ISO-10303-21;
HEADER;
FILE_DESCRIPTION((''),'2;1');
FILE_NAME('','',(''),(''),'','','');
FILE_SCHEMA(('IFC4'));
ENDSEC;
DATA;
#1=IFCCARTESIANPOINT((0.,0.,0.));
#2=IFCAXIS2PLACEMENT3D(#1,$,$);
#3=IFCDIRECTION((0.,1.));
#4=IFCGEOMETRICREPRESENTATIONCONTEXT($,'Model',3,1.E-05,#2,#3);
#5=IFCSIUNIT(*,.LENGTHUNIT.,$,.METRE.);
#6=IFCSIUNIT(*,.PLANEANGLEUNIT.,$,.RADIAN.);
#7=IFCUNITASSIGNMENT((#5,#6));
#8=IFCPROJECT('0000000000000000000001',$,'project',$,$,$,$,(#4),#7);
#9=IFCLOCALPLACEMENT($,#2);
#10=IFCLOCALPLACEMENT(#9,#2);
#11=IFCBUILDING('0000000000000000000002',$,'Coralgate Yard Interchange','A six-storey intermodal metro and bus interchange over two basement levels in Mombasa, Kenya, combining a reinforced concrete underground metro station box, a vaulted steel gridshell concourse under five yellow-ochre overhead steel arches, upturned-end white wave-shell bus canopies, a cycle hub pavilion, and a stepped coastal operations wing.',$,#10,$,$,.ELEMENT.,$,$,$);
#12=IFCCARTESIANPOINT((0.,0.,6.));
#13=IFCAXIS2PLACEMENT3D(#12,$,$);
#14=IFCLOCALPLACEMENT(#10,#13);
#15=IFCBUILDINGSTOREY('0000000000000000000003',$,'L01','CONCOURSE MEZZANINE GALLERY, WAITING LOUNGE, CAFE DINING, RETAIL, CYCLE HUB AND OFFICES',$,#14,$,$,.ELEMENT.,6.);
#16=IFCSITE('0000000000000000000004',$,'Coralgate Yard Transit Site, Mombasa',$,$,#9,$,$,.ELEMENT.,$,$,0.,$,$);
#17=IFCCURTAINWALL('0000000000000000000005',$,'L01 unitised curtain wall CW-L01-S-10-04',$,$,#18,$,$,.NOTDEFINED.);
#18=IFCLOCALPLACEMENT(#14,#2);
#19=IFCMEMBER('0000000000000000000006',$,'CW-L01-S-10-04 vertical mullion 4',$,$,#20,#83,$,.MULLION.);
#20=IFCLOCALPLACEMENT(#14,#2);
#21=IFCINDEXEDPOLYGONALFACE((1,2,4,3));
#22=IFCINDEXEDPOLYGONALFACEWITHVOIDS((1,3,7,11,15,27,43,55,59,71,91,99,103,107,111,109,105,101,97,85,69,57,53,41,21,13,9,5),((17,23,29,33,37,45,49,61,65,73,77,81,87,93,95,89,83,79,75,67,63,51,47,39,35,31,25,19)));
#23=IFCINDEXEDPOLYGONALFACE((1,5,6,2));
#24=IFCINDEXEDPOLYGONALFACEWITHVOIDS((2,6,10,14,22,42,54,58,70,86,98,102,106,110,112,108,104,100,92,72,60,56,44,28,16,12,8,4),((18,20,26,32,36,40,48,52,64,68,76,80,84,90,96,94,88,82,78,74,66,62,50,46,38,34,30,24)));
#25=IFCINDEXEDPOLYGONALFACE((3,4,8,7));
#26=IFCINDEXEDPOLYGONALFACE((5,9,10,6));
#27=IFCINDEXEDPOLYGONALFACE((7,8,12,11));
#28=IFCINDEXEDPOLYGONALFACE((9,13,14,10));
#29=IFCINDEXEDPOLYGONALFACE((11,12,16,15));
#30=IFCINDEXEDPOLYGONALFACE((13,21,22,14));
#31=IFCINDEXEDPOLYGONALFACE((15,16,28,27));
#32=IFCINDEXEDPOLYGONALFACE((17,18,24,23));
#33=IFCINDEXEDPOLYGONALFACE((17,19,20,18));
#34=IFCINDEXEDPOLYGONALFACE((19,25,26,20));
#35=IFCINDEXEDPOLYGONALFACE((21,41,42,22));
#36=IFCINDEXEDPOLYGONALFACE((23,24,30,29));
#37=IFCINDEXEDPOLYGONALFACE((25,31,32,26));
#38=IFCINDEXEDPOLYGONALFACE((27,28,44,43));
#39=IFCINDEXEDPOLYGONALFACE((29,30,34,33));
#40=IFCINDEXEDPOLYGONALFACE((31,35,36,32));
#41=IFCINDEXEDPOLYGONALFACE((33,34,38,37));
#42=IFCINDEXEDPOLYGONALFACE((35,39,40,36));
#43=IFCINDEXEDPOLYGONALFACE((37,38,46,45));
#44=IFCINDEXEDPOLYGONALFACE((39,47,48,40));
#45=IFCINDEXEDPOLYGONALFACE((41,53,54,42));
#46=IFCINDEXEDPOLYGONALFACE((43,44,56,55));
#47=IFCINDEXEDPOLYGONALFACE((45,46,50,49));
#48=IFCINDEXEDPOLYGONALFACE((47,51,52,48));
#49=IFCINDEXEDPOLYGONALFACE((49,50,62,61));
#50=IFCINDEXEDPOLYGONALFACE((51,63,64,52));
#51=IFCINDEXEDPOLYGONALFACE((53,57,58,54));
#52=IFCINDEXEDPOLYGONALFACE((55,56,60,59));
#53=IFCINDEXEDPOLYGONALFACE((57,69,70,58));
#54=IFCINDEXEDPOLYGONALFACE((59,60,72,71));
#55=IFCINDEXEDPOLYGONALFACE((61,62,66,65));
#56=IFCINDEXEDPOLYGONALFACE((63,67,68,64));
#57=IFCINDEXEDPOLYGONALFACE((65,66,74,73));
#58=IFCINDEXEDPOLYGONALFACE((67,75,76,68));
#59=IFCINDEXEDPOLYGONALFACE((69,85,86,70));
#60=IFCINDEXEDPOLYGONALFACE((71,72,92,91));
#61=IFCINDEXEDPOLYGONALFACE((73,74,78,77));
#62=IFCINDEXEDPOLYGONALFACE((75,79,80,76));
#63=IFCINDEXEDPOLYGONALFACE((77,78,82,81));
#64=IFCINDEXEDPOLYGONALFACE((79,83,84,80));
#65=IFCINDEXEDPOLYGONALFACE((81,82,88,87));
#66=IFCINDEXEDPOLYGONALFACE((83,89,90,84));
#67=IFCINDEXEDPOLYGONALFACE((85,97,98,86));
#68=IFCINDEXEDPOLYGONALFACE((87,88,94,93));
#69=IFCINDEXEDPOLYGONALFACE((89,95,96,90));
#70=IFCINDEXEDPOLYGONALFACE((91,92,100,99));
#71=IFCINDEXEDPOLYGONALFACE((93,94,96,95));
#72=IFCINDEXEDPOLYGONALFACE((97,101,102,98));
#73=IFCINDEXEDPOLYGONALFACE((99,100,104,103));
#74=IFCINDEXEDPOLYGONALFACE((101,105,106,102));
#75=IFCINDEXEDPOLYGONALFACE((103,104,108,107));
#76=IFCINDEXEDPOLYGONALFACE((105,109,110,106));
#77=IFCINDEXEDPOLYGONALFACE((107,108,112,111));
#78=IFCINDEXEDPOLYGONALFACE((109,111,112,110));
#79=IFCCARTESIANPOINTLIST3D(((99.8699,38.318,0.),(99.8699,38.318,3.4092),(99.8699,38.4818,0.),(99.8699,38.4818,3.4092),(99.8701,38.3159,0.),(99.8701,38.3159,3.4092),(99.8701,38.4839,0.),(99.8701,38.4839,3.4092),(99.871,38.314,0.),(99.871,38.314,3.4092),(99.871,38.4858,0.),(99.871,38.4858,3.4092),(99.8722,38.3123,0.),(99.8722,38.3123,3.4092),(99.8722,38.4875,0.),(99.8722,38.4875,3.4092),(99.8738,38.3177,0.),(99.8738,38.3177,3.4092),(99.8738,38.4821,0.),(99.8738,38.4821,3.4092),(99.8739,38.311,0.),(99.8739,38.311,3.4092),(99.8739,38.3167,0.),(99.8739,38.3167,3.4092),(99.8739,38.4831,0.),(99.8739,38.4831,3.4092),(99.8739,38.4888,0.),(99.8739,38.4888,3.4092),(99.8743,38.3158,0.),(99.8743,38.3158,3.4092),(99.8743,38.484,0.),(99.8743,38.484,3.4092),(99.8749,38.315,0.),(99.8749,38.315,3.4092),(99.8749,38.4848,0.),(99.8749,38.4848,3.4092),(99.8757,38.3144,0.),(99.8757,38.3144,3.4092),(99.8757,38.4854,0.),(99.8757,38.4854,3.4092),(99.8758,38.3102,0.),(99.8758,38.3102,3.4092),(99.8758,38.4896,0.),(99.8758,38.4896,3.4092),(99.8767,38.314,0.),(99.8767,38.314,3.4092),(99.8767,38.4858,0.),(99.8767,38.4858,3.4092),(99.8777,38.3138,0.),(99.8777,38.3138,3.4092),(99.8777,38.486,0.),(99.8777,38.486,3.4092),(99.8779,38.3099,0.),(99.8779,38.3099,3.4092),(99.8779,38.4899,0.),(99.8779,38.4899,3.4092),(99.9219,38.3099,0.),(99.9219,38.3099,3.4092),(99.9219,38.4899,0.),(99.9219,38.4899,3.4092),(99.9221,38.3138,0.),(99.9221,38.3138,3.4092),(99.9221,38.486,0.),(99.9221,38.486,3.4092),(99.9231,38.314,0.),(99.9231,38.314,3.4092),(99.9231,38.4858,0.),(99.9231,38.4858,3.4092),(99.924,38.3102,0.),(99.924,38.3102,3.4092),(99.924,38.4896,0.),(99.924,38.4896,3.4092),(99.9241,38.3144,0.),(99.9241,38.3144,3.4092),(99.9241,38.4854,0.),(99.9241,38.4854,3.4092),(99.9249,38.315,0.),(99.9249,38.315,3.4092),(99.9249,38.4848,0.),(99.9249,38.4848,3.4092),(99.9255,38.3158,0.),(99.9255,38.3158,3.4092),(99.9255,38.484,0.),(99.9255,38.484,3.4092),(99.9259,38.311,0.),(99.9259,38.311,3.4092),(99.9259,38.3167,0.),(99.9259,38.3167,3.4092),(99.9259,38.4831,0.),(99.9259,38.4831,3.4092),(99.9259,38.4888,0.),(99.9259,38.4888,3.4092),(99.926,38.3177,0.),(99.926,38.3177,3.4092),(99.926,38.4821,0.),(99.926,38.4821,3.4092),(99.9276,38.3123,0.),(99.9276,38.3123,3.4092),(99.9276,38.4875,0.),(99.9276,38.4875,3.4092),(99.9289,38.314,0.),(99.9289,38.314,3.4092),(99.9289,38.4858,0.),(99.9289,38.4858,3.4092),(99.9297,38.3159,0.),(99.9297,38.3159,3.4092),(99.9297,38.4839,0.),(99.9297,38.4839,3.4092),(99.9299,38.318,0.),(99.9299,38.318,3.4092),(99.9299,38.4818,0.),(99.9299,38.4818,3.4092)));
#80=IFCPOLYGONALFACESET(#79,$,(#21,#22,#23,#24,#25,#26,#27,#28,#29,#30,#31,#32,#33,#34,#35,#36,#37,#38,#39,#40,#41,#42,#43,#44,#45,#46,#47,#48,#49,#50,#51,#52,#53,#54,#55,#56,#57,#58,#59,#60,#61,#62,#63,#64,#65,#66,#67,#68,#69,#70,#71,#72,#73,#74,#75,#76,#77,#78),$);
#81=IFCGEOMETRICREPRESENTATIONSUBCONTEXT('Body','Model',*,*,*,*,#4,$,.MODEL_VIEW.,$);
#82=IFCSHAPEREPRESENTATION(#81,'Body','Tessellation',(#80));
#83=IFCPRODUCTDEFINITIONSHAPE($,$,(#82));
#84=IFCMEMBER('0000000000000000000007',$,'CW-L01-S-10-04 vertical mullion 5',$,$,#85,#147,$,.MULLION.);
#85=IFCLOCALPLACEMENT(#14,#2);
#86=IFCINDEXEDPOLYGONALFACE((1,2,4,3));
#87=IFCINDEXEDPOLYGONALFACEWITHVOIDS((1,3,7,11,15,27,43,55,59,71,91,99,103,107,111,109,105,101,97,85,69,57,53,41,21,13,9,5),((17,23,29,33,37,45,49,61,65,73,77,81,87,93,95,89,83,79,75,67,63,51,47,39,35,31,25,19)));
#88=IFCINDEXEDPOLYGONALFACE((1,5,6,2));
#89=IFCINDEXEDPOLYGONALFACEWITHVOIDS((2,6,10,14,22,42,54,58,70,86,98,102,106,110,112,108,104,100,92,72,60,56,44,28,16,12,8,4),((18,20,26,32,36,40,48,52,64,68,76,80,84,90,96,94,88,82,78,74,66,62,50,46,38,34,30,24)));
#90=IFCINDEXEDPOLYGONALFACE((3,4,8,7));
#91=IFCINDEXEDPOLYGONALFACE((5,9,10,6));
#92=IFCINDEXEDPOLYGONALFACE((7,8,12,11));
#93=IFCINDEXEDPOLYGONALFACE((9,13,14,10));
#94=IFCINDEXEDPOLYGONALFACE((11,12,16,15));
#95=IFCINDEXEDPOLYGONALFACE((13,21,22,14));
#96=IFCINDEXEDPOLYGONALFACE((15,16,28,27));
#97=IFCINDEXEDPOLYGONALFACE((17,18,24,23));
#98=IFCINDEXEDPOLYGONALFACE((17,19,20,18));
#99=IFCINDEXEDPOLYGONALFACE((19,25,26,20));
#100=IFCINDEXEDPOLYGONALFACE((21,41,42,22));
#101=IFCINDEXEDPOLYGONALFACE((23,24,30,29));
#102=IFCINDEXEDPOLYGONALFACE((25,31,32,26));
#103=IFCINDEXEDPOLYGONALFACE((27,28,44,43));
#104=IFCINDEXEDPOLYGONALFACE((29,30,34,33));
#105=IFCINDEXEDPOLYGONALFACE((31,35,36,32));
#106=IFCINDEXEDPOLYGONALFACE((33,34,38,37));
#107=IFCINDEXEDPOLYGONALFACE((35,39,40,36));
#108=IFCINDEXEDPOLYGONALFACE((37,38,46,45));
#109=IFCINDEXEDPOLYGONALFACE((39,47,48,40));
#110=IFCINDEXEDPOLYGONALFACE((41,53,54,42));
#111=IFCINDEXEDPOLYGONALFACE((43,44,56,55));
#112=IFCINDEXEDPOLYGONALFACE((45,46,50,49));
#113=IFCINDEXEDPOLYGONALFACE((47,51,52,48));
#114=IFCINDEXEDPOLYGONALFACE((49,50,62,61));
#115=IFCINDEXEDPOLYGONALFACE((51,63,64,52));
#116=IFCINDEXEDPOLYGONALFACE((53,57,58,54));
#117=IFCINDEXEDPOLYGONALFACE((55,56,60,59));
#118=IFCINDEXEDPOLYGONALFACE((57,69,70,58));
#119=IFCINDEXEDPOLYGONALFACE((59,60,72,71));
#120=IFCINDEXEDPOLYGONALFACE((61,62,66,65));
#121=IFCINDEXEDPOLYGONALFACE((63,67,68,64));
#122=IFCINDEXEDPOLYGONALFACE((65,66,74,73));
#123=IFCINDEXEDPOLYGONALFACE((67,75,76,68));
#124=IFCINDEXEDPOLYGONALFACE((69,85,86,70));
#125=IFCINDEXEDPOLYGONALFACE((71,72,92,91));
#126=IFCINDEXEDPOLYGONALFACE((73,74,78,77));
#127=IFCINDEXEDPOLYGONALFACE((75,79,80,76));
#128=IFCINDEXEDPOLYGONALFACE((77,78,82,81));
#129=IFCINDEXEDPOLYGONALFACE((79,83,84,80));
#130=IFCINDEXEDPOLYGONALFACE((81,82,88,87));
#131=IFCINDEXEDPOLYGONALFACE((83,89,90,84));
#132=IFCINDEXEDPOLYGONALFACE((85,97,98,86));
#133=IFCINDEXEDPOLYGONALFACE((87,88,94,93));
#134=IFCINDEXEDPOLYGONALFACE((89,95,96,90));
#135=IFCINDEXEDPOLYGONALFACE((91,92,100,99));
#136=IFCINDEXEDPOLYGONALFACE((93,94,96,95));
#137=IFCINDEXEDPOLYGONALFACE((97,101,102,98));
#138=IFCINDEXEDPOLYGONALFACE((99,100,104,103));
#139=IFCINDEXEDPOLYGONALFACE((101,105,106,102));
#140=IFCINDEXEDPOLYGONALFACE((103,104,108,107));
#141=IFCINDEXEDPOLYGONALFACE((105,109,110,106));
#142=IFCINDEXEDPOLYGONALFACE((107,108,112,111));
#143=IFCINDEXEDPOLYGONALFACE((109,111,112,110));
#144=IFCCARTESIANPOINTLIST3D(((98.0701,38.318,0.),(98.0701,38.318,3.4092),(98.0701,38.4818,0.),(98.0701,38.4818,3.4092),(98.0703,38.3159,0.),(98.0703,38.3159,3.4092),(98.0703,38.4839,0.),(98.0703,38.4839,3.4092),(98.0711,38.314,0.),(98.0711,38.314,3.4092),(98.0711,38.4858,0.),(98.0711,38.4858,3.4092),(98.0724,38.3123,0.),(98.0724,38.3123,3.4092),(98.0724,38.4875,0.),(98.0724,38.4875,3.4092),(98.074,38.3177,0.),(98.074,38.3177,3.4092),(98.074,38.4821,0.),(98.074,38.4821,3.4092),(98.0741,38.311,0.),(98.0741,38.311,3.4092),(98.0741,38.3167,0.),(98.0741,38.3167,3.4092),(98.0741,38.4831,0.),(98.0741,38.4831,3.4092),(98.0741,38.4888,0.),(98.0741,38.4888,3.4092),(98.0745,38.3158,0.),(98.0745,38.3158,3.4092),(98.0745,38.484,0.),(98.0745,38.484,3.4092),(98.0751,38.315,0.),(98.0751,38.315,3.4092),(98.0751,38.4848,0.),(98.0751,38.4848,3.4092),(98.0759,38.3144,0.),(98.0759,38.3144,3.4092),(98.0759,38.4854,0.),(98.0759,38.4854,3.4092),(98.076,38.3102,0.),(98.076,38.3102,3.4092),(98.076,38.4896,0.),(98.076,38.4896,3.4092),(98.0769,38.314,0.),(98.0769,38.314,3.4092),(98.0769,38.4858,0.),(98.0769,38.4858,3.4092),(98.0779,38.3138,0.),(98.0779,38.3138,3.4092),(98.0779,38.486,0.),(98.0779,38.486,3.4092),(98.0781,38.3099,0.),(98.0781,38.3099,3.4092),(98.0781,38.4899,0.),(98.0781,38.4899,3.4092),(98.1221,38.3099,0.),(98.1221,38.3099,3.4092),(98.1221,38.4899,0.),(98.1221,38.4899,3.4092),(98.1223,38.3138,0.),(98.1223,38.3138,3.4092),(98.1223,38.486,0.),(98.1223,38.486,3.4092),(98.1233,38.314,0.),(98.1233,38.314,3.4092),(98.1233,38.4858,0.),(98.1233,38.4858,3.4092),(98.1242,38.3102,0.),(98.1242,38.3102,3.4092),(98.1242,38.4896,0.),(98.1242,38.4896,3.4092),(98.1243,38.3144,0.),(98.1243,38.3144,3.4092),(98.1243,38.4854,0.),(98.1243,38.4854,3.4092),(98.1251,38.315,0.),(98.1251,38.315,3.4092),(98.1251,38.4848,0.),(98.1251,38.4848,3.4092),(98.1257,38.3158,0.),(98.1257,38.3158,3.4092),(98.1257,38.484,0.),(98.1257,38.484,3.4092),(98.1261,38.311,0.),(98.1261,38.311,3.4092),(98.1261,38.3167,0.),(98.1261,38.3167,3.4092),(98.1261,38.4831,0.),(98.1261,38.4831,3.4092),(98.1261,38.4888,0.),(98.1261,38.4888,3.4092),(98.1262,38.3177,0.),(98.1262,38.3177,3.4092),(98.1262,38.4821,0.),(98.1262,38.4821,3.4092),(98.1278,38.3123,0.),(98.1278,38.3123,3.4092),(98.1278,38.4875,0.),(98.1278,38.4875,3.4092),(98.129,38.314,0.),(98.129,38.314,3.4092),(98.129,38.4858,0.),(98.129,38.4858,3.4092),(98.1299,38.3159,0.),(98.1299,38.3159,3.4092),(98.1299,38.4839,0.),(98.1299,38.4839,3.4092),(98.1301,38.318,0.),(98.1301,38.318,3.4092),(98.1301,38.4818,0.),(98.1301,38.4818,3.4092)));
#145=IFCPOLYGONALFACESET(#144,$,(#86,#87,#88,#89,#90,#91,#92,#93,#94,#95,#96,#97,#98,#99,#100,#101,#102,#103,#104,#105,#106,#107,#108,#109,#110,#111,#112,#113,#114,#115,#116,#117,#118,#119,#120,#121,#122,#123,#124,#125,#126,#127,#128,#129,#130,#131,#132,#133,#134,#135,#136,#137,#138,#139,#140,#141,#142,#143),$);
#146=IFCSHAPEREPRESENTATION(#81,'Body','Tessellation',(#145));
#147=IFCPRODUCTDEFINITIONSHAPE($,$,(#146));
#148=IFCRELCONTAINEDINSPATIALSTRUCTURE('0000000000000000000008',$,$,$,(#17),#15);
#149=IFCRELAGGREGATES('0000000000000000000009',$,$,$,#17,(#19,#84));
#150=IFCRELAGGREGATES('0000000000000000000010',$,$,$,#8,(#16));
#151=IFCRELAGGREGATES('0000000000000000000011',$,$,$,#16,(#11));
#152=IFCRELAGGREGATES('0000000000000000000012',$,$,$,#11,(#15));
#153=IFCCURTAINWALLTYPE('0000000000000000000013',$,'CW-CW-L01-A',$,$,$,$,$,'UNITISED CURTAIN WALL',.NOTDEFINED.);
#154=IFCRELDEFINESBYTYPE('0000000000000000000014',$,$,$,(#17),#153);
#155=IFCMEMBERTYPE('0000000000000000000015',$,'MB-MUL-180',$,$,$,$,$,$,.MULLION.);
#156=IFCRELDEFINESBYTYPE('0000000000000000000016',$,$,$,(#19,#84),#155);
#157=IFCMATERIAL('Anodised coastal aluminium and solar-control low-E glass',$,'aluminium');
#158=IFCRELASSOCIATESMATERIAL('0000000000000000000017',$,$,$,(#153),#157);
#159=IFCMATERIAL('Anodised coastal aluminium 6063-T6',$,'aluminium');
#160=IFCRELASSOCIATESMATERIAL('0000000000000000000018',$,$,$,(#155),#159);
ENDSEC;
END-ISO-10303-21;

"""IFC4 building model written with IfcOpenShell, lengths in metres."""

from ifc_helpers import new_model, si_unit, direction, frame, origin, origin_2d, place, context, subcontext, project, spatial, hollow_rectangle, extrude, material, material_profile, profile_set, type_object, element, aggregate, save


model = new_model("IFC4")

# Units and contexts
model_context = context("Model", 3, precision=1e-05, world=origin(), true_north=direction((0.0, 1.0)))
body_context = subcontext(model_context, "Body", "Model", "MODEL_VIEW")
ifc_project = project(units=[si_unit("LENGTHUNIT", "METRE"), si_unit("PLANEANGLEUNIT", "RADIAN")], contexts=[model_context])

# Site, building, storey
site_placement = place(None, origin())
site = spatial("IfcSite", under=ifc_project, at=site_placement, Name="Coralgate Yard Transit Site, Mombasa", CompositionType="ELEMENT", RefElevation=0.0)
building_placement = place(site_placement, origin())
building = spatial("IfcBuilding", under=site, at=building_placement, Name="Coralgate Yard Interchange", Description="A six-storey intermodal metro and bus interchange over two basement levels in Mombasa, Kenya, combining a reinforced concrete underground metro station box, a vaulted steel gridshell concourse under five yellow-ochre overhead steel arches, upturned-end white wave-shell bus canopies, a cycle hub pavilion, and a stepped coastal operations wing.", CompositionType="ELEMENT")
storey_placement = place(building_placement, frame((0.0, 0.0, 6.0)))
storey = spatial("IfcBuildingStorey", under=building, at=storey_placement, Name="L01", Description="CONCOURSE MEZZANINE GALLERY, WAITING LOUNGE, CAFE DINING, RETAIL, CYCLE HUB AND OFFICES", CompositionType="ELEMENT", Elevation=6.0)

# Curtain wall, members
ifc_material_1 = material(Name="Anodised coastal aluminium and solar-control low-E glass", Category="aluminium")
curtain_wall_type_1 = type_object("IfcCurtainWallType", Name="CW-CW-L01-A", ElementType="UNITISED CURTAIN WALL", PredefinedType="NOTDEFINED", material=ifc_material_1)
curtain_wall_1_placement = place(storey_placement, origin())
curtain_wall_1 = element("IfcCurtainWall", 1, at=curtain_wall_1_placement, inside=storey, type_object=curtain_wall_type_1, Name="L01 unitised curtain wall CW-L01-S-10-04", PredefinedType="NOTDEFINED")
ifc_material_2 = material(Name="Anodised coastal aluminium 6063-T6", Category="aluminium")
ifc_material_profile_1 = material_profile(ifc_material_2, hollow_rectangle(XDim=0.0601, YDim=0.1799, WallThickness=0.0039, InnerFilletRadius=0.0039, OuterFilletRadius=0.0081, at=origin_2d()), Name="ALU 60x180x4")
ifc_profile_set_1 = profile_set([ifc_material_profile_1], Name="Anodised coastal aluminium 6063-T6")
member_type_1 = type_object("IfcMemberType", Name="MB-MUL-180", PredefinedType="MULLION", material=ifc_profile_set_1)
member_1_placement = place(storey_placement, frame((99.8999, 38.3999, 0.0), z_axis=(0.0, 0.0, 1.0), x_axis=(1.0, 0.0, 0.0)))
member_1 = element("IfcMember", 2, at=member_1_placement, type_object=member_type_1, Name="CW-L01-S-10-04 vertical mullion 4", PredefinedType="MULLION", context=body_context, shape_type="SweptSolid", body=[
    extrude(hollow_rectangle(XDim=0.0601, YDim=0.1799, WallThickness=0.0039, InnerFilletRadius=0.0039, OuterFilletRadius=0.0081, at=origin_2d()), origin(), (0.0, 0.0, 1.0), 3.4092),
])
member_2_placement = place(storey_placement, frame((98.1001, 38.3999, 0.0), z_axis=(0.0, 0.0, 1.0), x_axis=(1.0, 0.0, 0.0)))
member_2 = element("IfcMember", 3, at=member_2_placement, type_object=member_type_1, Name="CW-L01-S-10-04 vertical mullion 5", PredefinedType="MULLION", context=body_context, shape_type="SweptSolid", body=[
    extrude(hollow_rectangle(XDim=0.0601, YDim=0.1799, WallThickness=0.0039, InnerFilletRadius=0.0039, OuterFilletRadius=0.0081, at=origin_2d()), origin(), (0.0, 0.0, 1.0), 3.4092),
])

aggregate(curtain_wall_1, [member_1, member_2])

save(model, "model.ifc")
